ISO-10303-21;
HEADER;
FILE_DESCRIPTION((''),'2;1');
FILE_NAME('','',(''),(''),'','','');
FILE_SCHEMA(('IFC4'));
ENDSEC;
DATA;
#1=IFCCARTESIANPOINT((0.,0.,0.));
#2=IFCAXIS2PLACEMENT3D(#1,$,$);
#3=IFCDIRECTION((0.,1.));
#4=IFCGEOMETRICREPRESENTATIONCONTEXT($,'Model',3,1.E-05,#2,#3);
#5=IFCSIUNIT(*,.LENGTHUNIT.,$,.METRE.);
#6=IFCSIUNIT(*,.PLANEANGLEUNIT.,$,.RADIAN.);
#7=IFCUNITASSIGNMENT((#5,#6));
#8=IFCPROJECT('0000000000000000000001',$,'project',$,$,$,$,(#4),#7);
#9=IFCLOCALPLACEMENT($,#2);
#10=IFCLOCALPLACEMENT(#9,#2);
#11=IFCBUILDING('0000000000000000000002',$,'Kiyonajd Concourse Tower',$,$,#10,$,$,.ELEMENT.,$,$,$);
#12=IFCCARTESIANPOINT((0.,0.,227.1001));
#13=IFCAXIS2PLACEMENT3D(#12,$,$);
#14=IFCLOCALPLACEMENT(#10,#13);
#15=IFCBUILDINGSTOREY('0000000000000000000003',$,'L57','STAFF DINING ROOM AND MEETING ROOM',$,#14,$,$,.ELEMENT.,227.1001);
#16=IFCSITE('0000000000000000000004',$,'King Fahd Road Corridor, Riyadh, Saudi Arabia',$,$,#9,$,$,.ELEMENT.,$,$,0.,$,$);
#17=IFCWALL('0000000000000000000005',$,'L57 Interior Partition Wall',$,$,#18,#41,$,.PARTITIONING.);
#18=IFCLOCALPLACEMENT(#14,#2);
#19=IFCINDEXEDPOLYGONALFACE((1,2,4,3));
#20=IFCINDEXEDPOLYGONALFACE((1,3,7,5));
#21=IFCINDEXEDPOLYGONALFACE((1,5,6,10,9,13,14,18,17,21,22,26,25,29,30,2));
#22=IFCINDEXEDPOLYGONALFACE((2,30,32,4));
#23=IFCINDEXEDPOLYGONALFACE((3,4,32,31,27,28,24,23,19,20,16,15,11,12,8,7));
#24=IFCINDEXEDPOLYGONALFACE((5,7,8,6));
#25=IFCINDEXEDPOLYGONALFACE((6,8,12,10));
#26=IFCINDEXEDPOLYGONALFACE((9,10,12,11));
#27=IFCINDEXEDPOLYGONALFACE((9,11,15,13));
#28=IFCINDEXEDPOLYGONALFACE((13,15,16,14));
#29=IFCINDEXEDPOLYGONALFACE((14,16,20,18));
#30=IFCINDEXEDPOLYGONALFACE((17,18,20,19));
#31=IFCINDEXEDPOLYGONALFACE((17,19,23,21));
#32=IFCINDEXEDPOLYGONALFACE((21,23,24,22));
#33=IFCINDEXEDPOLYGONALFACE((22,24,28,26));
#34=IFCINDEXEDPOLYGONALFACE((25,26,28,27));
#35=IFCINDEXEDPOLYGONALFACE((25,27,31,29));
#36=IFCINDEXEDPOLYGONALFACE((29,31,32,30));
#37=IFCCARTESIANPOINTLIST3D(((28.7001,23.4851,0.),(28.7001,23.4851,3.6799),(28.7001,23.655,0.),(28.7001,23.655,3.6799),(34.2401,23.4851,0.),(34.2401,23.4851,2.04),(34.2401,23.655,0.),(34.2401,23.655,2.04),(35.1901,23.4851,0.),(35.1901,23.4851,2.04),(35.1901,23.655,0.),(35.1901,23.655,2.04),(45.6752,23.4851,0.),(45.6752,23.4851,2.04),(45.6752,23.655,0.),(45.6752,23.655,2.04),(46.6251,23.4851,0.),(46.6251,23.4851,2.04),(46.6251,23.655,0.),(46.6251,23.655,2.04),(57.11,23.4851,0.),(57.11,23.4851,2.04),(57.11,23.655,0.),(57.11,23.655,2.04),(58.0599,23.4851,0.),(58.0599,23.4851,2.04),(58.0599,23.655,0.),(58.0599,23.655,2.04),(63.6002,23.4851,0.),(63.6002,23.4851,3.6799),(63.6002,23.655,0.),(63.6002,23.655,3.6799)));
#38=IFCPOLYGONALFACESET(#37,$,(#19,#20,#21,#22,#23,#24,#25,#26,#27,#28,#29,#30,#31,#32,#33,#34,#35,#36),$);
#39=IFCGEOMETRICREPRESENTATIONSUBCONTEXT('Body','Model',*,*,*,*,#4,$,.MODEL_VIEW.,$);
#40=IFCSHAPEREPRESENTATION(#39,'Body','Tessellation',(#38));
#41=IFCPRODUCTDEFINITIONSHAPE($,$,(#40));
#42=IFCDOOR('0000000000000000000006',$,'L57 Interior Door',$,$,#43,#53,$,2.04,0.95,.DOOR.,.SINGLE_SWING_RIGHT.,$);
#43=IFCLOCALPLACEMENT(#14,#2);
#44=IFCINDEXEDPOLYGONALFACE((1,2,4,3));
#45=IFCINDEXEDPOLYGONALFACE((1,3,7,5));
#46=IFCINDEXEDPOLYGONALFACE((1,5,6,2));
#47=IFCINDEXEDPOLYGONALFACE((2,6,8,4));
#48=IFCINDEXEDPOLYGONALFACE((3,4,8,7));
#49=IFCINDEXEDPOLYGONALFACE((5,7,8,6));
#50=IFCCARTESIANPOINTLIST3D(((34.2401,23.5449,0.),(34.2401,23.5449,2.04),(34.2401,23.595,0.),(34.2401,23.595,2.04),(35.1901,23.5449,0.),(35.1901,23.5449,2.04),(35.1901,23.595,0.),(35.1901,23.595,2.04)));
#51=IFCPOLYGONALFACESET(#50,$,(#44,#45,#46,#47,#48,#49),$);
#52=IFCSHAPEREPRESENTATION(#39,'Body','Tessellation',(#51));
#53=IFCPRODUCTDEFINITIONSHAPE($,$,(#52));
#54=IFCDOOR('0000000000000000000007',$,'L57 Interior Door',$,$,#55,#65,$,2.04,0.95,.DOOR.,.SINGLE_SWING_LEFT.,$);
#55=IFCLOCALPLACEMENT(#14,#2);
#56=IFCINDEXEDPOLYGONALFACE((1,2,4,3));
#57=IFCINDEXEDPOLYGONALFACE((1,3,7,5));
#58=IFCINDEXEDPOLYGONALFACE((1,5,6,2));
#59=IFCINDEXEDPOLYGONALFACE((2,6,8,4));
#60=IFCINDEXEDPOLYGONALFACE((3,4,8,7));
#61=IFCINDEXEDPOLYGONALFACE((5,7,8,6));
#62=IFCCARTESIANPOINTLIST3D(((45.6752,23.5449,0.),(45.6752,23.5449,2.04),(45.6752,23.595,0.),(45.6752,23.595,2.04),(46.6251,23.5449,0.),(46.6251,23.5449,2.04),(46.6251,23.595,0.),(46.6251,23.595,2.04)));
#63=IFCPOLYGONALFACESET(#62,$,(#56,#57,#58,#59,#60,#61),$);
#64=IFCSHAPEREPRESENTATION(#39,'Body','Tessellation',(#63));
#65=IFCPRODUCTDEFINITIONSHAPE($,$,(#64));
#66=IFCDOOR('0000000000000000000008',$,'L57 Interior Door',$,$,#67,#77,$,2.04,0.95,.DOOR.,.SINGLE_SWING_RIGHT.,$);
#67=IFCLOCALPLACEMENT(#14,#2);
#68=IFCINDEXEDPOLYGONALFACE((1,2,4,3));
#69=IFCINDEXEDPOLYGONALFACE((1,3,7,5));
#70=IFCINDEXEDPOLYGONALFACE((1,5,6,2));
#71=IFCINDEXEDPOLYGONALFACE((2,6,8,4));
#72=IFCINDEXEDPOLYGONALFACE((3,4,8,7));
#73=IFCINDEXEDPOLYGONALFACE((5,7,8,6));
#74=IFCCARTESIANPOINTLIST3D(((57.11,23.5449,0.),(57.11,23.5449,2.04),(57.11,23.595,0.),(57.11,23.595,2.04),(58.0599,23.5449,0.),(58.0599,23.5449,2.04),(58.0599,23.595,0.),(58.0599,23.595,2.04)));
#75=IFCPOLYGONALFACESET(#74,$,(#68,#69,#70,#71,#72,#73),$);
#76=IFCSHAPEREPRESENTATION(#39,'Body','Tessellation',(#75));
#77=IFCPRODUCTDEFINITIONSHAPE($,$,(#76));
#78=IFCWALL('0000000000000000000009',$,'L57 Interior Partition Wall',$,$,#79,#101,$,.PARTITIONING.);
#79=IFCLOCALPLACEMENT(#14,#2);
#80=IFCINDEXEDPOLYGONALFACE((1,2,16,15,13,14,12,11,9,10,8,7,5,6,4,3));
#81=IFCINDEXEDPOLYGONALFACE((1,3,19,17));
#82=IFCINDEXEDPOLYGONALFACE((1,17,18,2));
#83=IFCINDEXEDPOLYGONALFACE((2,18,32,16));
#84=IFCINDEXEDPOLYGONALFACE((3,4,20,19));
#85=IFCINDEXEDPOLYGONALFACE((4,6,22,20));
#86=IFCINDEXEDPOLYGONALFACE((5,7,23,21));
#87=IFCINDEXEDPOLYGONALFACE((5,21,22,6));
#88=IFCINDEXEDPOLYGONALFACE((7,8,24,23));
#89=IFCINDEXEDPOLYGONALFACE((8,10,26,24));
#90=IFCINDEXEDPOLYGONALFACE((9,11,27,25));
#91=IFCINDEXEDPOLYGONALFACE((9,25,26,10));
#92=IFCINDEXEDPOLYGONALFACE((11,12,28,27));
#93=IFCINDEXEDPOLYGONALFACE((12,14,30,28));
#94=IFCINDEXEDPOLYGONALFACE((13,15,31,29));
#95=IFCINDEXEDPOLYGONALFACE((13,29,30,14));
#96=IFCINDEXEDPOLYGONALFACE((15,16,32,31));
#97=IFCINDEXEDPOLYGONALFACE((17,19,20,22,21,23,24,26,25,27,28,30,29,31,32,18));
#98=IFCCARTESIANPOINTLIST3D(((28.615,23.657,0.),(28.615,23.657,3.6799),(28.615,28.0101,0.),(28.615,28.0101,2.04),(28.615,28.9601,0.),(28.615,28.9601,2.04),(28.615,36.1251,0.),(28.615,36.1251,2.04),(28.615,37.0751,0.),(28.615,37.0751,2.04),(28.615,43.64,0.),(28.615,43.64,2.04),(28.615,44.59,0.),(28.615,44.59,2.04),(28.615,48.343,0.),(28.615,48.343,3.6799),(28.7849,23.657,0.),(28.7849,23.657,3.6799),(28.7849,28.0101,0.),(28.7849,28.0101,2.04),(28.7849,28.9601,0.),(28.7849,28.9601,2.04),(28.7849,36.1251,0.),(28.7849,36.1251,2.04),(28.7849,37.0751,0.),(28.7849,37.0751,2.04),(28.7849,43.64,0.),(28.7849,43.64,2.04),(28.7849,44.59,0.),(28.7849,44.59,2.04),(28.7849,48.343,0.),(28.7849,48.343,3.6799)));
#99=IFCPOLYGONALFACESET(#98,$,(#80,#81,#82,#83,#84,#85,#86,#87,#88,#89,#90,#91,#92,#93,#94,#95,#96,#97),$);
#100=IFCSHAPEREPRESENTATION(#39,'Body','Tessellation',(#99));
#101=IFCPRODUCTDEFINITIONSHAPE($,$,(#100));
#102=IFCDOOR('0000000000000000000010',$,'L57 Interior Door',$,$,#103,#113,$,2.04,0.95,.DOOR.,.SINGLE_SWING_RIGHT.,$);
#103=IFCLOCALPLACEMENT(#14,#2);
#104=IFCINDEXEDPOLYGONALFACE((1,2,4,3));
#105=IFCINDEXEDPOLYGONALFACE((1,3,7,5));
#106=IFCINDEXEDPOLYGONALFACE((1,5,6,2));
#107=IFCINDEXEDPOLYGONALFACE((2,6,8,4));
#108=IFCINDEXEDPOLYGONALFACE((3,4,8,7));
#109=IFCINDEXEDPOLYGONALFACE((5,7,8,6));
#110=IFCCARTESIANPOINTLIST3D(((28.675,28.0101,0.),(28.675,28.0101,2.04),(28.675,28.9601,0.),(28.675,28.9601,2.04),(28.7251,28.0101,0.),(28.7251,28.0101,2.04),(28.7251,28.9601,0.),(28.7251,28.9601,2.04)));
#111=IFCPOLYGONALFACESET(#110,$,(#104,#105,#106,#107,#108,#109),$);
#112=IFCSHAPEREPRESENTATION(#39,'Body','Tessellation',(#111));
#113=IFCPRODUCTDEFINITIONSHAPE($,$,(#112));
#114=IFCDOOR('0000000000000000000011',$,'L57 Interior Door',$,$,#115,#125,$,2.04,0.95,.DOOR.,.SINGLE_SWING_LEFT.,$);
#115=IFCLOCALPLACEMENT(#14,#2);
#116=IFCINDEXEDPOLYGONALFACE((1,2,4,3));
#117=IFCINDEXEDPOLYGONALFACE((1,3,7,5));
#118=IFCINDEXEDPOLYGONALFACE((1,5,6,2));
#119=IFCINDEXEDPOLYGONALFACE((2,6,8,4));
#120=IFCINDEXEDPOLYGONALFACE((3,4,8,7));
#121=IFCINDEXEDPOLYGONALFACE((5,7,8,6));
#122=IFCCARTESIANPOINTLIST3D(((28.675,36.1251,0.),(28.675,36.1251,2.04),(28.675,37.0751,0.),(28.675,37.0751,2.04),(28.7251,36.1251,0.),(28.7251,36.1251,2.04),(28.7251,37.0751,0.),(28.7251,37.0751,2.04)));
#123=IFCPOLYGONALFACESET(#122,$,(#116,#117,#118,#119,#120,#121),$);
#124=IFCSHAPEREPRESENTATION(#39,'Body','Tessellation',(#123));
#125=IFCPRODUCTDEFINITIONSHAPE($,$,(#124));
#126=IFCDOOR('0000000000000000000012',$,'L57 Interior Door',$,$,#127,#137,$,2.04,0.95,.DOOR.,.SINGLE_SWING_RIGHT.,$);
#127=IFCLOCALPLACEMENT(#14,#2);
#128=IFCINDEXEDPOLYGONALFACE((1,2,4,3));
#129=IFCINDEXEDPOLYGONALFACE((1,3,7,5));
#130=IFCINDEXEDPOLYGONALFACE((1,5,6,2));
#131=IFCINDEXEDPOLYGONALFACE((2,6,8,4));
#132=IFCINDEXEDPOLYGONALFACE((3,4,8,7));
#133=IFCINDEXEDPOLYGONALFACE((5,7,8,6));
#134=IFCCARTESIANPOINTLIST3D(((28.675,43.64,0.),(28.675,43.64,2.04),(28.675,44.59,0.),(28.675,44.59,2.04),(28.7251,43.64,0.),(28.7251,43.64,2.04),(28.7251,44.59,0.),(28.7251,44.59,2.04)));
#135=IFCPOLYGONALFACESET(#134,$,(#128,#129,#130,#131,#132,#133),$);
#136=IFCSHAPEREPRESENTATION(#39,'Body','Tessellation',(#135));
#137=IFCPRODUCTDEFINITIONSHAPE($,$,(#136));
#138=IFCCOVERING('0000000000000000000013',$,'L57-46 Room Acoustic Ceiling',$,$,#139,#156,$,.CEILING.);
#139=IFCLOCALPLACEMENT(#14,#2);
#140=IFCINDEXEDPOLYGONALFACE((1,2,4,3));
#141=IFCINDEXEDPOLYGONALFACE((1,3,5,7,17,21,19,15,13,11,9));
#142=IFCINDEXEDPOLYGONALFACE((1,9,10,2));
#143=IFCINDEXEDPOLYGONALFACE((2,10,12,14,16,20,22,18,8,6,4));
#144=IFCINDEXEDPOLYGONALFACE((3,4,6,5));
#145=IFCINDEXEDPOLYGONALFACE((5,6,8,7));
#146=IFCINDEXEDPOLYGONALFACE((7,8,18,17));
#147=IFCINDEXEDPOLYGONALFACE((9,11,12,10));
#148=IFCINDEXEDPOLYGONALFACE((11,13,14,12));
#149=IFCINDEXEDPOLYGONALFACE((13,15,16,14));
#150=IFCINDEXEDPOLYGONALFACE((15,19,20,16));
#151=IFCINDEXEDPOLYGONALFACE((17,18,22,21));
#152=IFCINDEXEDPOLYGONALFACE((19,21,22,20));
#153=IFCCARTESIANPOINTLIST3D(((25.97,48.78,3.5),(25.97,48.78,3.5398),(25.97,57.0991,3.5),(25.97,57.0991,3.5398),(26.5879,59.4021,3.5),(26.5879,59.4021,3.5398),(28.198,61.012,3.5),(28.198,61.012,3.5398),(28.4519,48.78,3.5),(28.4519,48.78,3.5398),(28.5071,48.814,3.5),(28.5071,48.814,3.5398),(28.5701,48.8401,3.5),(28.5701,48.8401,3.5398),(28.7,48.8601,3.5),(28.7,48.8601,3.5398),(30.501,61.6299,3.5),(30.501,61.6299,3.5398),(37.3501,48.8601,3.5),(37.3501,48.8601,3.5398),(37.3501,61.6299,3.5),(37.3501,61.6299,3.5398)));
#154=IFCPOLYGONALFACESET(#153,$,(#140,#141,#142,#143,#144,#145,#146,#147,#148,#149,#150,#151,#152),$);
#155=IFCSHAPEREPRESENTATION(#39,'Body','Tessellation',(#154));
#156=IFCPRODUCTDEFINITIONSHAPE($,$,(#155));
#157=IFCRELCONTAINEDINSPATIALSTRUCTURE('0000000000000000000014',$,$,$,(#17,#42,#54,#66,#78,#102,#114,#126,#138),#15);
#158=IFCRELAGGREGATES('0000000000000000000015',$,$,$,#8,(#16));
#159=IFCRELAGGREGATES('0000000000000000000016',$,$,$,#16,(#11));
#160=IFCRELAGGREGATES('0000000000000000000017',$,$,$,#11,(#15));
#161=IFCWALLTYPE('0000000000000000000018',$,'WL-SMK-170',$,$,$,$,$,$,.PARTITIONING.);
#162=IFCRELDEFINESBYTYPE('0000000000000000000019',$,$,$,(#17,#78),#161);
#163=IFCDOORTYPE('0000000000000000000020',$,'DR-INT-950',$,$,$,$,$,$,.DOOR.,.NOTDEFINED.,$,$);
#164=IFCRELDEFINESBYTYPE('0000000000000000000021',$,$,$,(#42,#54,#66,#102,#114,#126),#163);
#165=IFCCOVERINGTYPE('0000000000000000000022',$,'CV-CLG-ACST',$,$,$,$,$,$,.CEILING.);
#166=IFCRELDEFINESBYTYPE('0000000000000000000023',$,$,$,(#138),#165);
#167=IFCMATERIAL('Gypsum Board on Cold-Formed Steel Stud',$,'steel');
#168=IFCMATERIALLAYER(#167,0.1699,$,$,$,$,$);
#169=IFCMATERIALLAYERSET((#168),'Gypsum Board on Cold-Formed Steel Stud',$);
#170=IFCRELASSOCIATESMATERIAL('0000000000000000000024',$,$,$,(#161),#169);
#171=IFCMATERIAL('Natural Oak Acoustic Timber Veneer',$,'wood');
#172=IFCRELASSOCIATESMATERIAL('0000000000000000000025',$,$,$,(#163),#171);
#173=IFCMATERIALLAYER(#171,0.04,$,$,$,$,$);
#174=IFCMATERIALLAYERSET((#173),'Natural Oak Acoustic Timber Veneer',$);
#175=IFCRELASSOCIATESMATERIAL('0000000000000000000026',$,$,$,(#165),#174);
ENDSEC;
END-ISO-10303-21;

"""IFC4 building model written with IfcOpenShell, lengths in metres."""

from ifc_helpers import new_model, si_unit, direction, frame, frame_2d, origin, place, context, subcontext, project, spatial, polyline, rectangle, outline, extrude, material, layer, layer_set, type_object, element, fill, save


model = new_model("IFC4")

# Units and contexts
model_context = context("Model", 3, precision=1e-05, world=origin(), true_north=direction((0.0, 1.0)))
body_context = subcontext(model_context, "Body", "Model", "MODEL_VIEW")
ifc_project = project(units=[si_unit("LENGTHUNIT", "METRE"), si_unit("PLANEANGLEUNIT", "RADIAN")], contexts=[model_context])

# Site, building, storey
site_placement = place(None, origin())
site = spatial("IfcSite", under=ifc_project, at=site_placement, Name="King Fahd Road Corridor, Riyadh, Saudi Arabia", CompositionType="ELEMENT", RefElevation=0.0)
building_placement = place(site_placement, origin())
building = spatial("IfcBuilding", under=site, at=building_placement, Name="Kiyonajd Concourse Tower", CompositionType="ELEMENT")
storey_placement = place(building_placement, frame((0.0, 0.0, 227.1001)))
storey = spatial("IfcBuildingStorey", under=building, at=storey_placement, Name="L57", Description="STAFF DINING ROOM AND MEETING ROOM", CompositionType="ELEMENT", Elevation=227.1001)

# Walls, openings, doors
ifc_material_1 = material(Name="Gypsum Board on Cold-Formed Steel Stud", Category="steel")
ifc_layer_1 = layer(ifc_material_1, 0.1699)
ifc_layer_set_1 = layer_set([ifc_layer_1], Name="Gypsum Board on Cold-Formed Steel Stud")
wall_type_1 = type_object("IfcWallType", Name="WL-SMK-170", PredefinedType="PARTITIONING", material=ifc_layer_set_1)
wall_1_placement = place(storey_placement, frame((28.7, 23.5701, 0.0), z_axis=(0.0, 0.0, 1.0), x_axis=(1.0, 0.0, 0.0)))
wall_1 = element("IfcWall", 1, at=wall_1_placement, inside=storey, type_object=wall_type_1, Name="L57 Interior Partition Wall", PredefinedType="PARTITIONING", context=body_context, shape_type="SweptSolid", body=[
    extrude(rectangle(XDim=34.9001, YDim=0.1699, at=frame_2d((17.4502, 0.0))), origin(), (0.0, 0.0, 1.0), 3.6799),
])
opening_1_placement = place(wall_1_placement, frame((5.54, 0.0, 0.0)))
opening_1 = element("IfcOpeningElement", 2, at=opening_1_placement, cuts=wall_1, PredefinedType="OPENING", context=body_context, shape_type="SweptSolid", body=[
    extrude(rectangle(XDim=0.95, YDim=2.04, at=frame_2d((0.4751, 1.02))), frame((0.0, 0.095, 0.0), z_axis=(0.0, -1.0, 0.0), x_axis=(1.0, 0.0, 0.0)), (0.0, 0.0, 1.0), 0.1899),
])
opening_2_placement = place(wall_1_placement, frame((16.9751, 0.0, 0.0)))
opening_2 = element("IfcOpeningElement", 3, at=opening_2_placement, cuts=wall_1, PredefinedType="OPENING", context=body_context, shape_type="SweptSolid", body=[
    extrude(rectangle(XDim=0.95, YDim=2.04, at=frame_2d((0.4751, 1.02))), frame((0.0, 0.095, 0.0), z_axis=(0.0, -1.0, 0.0), x_axis=(1.0, 0.0, 0.0)), (0.0, 0.0, 1.0), 0.1899),
])
opening_3_placement = place(wall_1_placement, frame((28.4099, 0.0, 0.0)))
opening_3 = element("IfcOpeningElement", 4, at=opening_3_placement, cuts=wall_1, PredefinedType="OPENING", context=body_context, shape_type="SweptSolid", body=[
    extrude(rectangle(XDim=0.95, YDim=2.04, at=frame_2d((0.4751, 1.02))), frame((0.0, 0.095, 0.0), z_axis=(0.0, -1.0, 0.0), x_axis=(1.0, 0.0, 0.0)), (0.0, 0.0, 1.0), 0.1899),
])
ifc_material_2 = material(Name="Natural Oak Acoustic Timber Veneer", Category="wood")
door_type = type_object("IfcDoorType", Name="DR-INT-950", OperationType="NOTDEFINED", PredefinedType="DOOR", material=ifc_material_2)
door_1_placement = place(opening_1_placement, origin())
door_1 = element("IfcDoor", 5, at=door_1_placement, inside=storey, type_object=door_type, Name="L57 Interior Door", OperationType="SINGLE_SWING_RIGHT", OverallHeight=2.04, OverallWidth=0.95, PredefinedType="DOOR", context=body_context, shape_type="SweptSolid", body=[
    extrude(rectangle(XDim=0.95, YDim=2.04, at=frame_2d((0.4751, 1.02))), frame((0.0, 0.0249, 0.0), z_axis=(0.0, -1.0, 0.0), x_axis=(1.0, 0.0, 0.0)), (0.0, 0.0, 1.0), 0.05),
])
fill(opening_1, door_1)
door_2_placement = place(opening_2_placement, origin())
door_2 = element("IfcDoor", 6, at=door_2_placement, inside=storey, type_object=door_type, Name="L57 Interior Door", OperationType="SINGLE_SWING_LEFT", OverallHeight=2.04, OverallWidth=0.95, PredefinedType="DOOR", context=body_context, shape_type="SweptSolid", body=[
    extrude(rectangle(XDim=0.95, YDim=2.04, at=frame_2d((0.4751, 1.02))), frame((0.0, 0.0249, 0.0), z_axis=(0.0, -1.0, 0.0), x_axis=(1.0, 0.0, 0.0)), (0.0, 0.0, 1.0), 0.05),
])
fill(opening_2, door_2)
door_3_placement = place(opening_3_placement, origin())
door_3 = element("IfcDoor", 7, at=door_3_placement, inside=storey, type_object=door_type, Name="L57 Interior Door", OperationType="SINGLE_SWING_RIGHT", OverallHeight=2.04, OverallWidth=0.95, PredefinedType="DOOR", context=body_context, shape_type="SweptSolid", body=[
    extrude(rectangle(XDim=0.95, YDim=2.04, at=frame_2d((0.4751, 1.02))), frame((0.0, 0.0249, 0.0), z_axis=(0.0, -1.0, 0.0), x_axis=(1.0, 0.0, 0.0)), (0.0, 0.0, 1.0), 0.05),
])
fill(opening_3, door_3)
wall_2_placement = place(storey_placement, frame((28.7, 23.657, 0.0), z_axis=(0.0, 0.0, 1.0), x_axis=(0.0, 1.0, 0.0)))
wall_2 = element("IfcWall", 8, at=wall_2_placement, inside=storey, type_object=wall_type_1, Name="L57 Interior Partition Wall", PredefinedType="PARTITIONING", context=body_context, shape_type="SweptSolid", body=[
    extrude(rectangle(XDim=24.686, YDim=0.1699, at=frame_2d((12.343, 0.0))), origin(), (0.0, 0.0, 1.0), 3.6799),
])
opening_4_placement = place(wall_2_placement, frame((4.353, 0.0, 0.0)))
opening_4 = element("IfcOpeningElement", 9, at=opening_4_placement, cuts=wall_2, PredefinedType="OPENING", context=body_context, shape_type="SweptSolid", body=[
    extrude(rectangle(XDim=0.95, YDim=2.04, at=frame_2d((0.4751, 1.02))), frame((0.0, 0.095, 0.0), z_axis=(0.0, -1.0, 0.0), x_axis=(1.0, 0.0, 0.0)), (0.0, 0.0, 1.0), 0.1899),
])
opening_5_placement = place(wall_2_placement, frame((12.468, 0.0, 0.0)))
opening_5 = element("IfcOpeningElement", 10, at=opening_5_placement, cuts=wall_2, PredefinedType="OPENING", context=body_context, shape_type="SweptSolid", body=[
    extrude(rectangle(XDim=0.95, YDim=2.04, at=frame_2d((0.4751, 1.02))), frame((0.0, 0.095, 0.0), z_axis=(0.0, -1.0, 0.0), x_axis=(1.0, 0.0, 0.0)), (0.0, 0.0, 1.0), 0.1899),
])
opening_6_placement = place(wall_2_placement, frame((19.9829, 0.0, 0.0)))
opening_6 = element("IfcOpeningElement", 11, at=opening_6_placement, cuts=wall_2, PredefinedType="OPENING", context=body_context, shape_type="SweptSolid", body=[
    extrude(rectangle(XDim=0.95, YDim=2.04, at=frame_2d((0.4751, 1.02))), frame((0.0, 0.095, 0.0), z_axis=(0.0, -1.0, 0.0), x_axis=(1.0, 0.0, 0.0)), (0.0, 0.0, 1.0), 0.1899),
])
door_4_placement = place(opening_4_placement, origin())
door_4 = element("IfcDoor", 12, at=door_4_placement, inside=storey, type_object=door_type, Name="L57 Interior Door", OperationType="SINGLE_SWING_RIGHT", OverallHeight=2.04, OverallWidth=0.95, PredefinedType="DOOR", context=body_context, shape_type="SweptSolid", body=[
    extrude(rectangle(XDim=0.95, YDim=2.04, at=frame_2d((0.4751, 1.02))), frame((0.0, 0.0249, 0.0), z_axis=(0.0, -1.0, 0.0), x_axis=(1.0, 0.0, 0.0)), (0.0, 0.0, 1.0), 0.05),
])
fill(opening_4, door_4)
door_5_placement = place(opening_5_placement, origin())
door_5 = element("IfcDoor", 13, at=door_5_placement, inside=storey, type_object=door_type, Name="L57 Interior Door", OperationType="SINGLE_SWING_LEFT", OverallHeight=2.04, OverallWidth=0.95, PredefinedType="DOOR", context=body_context, shape_type="SweptSolid", body=[
    extrude(rectangle(XDim=0.95, YDim=2.04, at=frame_2d((0.4751, 1.02))), frame((0.0, 0.0249, 0.0), z_axis=(0.0, -1.0, 0.0), x_axis=(1.0, 0.0, 0.0)), (0.0, 0.0, 1.0), 0.05),
])
fill(opening_5, door_5)
door_6_placement = place(opening_6_placement, origin())
door_6 = element("IfcDoor", 14, at=door_6_placement, inside=storey, type_object=door_type, Name="L57 Interior Door", OperationType="SINGLE_SWING_RIGHT", OverallHeight=2.04, OverallWidth=0.95, PredefinedType="DOOR", context=body_context, shape_type="SweptSolid", body=[
    extrude(rectangle(XDim=0.95, YDim=2.04, at=frame_2d((0.4751, 1.02))), frame((0.0, 0.0249, 0.0), z_axis=(0.0, -1.0, 0.0), x_axis=(1.0, 0.0, 0.0)), (0.0, 0.0, 1.0), 0.05),
])
fill(opening_6, door_6)

# Covering
ifc_layer_2 = layer(ifc_material_2, 0.04)
ifc_layer_set_2 = layer_set([ifc_layer_2], Name="Natural Oak Acoustic Timber Veneer")
covering_type = type_object("IfcCoveringType", Name="CV-CLG-ACST", PredefinedType="CEILING", material=ifc_layer_set_2)
covering_1_placement = place(storey_placement, frame((0.0, 0.0, 3.5)))
element("IfcCovering", 15, at=covering_1_placement, inside=storey, type_object=covering_type, Name="L57-46 Room Acoustic Ceiling", PredefinedType="CEILING", context=body_context, shape_type="SweptSolid", body=[
    extrude(outline(polyline([(28.198, 61.012), (30.501, 61.6299), (37.3501, 61.6299), (37.3501, 48.8601), (28.7, 48.8601), (28.5701, 48.8401), (28.5071, 48.814), (28.4519, 48.78), (25.97, 48.78), (25.97, 57.0991), (26.5879, 59.4021), (28.198, 61.012)])), origin(), (0.0, 0.0, 1.0), 0.0398),
])

save(model, "model.ifc")
